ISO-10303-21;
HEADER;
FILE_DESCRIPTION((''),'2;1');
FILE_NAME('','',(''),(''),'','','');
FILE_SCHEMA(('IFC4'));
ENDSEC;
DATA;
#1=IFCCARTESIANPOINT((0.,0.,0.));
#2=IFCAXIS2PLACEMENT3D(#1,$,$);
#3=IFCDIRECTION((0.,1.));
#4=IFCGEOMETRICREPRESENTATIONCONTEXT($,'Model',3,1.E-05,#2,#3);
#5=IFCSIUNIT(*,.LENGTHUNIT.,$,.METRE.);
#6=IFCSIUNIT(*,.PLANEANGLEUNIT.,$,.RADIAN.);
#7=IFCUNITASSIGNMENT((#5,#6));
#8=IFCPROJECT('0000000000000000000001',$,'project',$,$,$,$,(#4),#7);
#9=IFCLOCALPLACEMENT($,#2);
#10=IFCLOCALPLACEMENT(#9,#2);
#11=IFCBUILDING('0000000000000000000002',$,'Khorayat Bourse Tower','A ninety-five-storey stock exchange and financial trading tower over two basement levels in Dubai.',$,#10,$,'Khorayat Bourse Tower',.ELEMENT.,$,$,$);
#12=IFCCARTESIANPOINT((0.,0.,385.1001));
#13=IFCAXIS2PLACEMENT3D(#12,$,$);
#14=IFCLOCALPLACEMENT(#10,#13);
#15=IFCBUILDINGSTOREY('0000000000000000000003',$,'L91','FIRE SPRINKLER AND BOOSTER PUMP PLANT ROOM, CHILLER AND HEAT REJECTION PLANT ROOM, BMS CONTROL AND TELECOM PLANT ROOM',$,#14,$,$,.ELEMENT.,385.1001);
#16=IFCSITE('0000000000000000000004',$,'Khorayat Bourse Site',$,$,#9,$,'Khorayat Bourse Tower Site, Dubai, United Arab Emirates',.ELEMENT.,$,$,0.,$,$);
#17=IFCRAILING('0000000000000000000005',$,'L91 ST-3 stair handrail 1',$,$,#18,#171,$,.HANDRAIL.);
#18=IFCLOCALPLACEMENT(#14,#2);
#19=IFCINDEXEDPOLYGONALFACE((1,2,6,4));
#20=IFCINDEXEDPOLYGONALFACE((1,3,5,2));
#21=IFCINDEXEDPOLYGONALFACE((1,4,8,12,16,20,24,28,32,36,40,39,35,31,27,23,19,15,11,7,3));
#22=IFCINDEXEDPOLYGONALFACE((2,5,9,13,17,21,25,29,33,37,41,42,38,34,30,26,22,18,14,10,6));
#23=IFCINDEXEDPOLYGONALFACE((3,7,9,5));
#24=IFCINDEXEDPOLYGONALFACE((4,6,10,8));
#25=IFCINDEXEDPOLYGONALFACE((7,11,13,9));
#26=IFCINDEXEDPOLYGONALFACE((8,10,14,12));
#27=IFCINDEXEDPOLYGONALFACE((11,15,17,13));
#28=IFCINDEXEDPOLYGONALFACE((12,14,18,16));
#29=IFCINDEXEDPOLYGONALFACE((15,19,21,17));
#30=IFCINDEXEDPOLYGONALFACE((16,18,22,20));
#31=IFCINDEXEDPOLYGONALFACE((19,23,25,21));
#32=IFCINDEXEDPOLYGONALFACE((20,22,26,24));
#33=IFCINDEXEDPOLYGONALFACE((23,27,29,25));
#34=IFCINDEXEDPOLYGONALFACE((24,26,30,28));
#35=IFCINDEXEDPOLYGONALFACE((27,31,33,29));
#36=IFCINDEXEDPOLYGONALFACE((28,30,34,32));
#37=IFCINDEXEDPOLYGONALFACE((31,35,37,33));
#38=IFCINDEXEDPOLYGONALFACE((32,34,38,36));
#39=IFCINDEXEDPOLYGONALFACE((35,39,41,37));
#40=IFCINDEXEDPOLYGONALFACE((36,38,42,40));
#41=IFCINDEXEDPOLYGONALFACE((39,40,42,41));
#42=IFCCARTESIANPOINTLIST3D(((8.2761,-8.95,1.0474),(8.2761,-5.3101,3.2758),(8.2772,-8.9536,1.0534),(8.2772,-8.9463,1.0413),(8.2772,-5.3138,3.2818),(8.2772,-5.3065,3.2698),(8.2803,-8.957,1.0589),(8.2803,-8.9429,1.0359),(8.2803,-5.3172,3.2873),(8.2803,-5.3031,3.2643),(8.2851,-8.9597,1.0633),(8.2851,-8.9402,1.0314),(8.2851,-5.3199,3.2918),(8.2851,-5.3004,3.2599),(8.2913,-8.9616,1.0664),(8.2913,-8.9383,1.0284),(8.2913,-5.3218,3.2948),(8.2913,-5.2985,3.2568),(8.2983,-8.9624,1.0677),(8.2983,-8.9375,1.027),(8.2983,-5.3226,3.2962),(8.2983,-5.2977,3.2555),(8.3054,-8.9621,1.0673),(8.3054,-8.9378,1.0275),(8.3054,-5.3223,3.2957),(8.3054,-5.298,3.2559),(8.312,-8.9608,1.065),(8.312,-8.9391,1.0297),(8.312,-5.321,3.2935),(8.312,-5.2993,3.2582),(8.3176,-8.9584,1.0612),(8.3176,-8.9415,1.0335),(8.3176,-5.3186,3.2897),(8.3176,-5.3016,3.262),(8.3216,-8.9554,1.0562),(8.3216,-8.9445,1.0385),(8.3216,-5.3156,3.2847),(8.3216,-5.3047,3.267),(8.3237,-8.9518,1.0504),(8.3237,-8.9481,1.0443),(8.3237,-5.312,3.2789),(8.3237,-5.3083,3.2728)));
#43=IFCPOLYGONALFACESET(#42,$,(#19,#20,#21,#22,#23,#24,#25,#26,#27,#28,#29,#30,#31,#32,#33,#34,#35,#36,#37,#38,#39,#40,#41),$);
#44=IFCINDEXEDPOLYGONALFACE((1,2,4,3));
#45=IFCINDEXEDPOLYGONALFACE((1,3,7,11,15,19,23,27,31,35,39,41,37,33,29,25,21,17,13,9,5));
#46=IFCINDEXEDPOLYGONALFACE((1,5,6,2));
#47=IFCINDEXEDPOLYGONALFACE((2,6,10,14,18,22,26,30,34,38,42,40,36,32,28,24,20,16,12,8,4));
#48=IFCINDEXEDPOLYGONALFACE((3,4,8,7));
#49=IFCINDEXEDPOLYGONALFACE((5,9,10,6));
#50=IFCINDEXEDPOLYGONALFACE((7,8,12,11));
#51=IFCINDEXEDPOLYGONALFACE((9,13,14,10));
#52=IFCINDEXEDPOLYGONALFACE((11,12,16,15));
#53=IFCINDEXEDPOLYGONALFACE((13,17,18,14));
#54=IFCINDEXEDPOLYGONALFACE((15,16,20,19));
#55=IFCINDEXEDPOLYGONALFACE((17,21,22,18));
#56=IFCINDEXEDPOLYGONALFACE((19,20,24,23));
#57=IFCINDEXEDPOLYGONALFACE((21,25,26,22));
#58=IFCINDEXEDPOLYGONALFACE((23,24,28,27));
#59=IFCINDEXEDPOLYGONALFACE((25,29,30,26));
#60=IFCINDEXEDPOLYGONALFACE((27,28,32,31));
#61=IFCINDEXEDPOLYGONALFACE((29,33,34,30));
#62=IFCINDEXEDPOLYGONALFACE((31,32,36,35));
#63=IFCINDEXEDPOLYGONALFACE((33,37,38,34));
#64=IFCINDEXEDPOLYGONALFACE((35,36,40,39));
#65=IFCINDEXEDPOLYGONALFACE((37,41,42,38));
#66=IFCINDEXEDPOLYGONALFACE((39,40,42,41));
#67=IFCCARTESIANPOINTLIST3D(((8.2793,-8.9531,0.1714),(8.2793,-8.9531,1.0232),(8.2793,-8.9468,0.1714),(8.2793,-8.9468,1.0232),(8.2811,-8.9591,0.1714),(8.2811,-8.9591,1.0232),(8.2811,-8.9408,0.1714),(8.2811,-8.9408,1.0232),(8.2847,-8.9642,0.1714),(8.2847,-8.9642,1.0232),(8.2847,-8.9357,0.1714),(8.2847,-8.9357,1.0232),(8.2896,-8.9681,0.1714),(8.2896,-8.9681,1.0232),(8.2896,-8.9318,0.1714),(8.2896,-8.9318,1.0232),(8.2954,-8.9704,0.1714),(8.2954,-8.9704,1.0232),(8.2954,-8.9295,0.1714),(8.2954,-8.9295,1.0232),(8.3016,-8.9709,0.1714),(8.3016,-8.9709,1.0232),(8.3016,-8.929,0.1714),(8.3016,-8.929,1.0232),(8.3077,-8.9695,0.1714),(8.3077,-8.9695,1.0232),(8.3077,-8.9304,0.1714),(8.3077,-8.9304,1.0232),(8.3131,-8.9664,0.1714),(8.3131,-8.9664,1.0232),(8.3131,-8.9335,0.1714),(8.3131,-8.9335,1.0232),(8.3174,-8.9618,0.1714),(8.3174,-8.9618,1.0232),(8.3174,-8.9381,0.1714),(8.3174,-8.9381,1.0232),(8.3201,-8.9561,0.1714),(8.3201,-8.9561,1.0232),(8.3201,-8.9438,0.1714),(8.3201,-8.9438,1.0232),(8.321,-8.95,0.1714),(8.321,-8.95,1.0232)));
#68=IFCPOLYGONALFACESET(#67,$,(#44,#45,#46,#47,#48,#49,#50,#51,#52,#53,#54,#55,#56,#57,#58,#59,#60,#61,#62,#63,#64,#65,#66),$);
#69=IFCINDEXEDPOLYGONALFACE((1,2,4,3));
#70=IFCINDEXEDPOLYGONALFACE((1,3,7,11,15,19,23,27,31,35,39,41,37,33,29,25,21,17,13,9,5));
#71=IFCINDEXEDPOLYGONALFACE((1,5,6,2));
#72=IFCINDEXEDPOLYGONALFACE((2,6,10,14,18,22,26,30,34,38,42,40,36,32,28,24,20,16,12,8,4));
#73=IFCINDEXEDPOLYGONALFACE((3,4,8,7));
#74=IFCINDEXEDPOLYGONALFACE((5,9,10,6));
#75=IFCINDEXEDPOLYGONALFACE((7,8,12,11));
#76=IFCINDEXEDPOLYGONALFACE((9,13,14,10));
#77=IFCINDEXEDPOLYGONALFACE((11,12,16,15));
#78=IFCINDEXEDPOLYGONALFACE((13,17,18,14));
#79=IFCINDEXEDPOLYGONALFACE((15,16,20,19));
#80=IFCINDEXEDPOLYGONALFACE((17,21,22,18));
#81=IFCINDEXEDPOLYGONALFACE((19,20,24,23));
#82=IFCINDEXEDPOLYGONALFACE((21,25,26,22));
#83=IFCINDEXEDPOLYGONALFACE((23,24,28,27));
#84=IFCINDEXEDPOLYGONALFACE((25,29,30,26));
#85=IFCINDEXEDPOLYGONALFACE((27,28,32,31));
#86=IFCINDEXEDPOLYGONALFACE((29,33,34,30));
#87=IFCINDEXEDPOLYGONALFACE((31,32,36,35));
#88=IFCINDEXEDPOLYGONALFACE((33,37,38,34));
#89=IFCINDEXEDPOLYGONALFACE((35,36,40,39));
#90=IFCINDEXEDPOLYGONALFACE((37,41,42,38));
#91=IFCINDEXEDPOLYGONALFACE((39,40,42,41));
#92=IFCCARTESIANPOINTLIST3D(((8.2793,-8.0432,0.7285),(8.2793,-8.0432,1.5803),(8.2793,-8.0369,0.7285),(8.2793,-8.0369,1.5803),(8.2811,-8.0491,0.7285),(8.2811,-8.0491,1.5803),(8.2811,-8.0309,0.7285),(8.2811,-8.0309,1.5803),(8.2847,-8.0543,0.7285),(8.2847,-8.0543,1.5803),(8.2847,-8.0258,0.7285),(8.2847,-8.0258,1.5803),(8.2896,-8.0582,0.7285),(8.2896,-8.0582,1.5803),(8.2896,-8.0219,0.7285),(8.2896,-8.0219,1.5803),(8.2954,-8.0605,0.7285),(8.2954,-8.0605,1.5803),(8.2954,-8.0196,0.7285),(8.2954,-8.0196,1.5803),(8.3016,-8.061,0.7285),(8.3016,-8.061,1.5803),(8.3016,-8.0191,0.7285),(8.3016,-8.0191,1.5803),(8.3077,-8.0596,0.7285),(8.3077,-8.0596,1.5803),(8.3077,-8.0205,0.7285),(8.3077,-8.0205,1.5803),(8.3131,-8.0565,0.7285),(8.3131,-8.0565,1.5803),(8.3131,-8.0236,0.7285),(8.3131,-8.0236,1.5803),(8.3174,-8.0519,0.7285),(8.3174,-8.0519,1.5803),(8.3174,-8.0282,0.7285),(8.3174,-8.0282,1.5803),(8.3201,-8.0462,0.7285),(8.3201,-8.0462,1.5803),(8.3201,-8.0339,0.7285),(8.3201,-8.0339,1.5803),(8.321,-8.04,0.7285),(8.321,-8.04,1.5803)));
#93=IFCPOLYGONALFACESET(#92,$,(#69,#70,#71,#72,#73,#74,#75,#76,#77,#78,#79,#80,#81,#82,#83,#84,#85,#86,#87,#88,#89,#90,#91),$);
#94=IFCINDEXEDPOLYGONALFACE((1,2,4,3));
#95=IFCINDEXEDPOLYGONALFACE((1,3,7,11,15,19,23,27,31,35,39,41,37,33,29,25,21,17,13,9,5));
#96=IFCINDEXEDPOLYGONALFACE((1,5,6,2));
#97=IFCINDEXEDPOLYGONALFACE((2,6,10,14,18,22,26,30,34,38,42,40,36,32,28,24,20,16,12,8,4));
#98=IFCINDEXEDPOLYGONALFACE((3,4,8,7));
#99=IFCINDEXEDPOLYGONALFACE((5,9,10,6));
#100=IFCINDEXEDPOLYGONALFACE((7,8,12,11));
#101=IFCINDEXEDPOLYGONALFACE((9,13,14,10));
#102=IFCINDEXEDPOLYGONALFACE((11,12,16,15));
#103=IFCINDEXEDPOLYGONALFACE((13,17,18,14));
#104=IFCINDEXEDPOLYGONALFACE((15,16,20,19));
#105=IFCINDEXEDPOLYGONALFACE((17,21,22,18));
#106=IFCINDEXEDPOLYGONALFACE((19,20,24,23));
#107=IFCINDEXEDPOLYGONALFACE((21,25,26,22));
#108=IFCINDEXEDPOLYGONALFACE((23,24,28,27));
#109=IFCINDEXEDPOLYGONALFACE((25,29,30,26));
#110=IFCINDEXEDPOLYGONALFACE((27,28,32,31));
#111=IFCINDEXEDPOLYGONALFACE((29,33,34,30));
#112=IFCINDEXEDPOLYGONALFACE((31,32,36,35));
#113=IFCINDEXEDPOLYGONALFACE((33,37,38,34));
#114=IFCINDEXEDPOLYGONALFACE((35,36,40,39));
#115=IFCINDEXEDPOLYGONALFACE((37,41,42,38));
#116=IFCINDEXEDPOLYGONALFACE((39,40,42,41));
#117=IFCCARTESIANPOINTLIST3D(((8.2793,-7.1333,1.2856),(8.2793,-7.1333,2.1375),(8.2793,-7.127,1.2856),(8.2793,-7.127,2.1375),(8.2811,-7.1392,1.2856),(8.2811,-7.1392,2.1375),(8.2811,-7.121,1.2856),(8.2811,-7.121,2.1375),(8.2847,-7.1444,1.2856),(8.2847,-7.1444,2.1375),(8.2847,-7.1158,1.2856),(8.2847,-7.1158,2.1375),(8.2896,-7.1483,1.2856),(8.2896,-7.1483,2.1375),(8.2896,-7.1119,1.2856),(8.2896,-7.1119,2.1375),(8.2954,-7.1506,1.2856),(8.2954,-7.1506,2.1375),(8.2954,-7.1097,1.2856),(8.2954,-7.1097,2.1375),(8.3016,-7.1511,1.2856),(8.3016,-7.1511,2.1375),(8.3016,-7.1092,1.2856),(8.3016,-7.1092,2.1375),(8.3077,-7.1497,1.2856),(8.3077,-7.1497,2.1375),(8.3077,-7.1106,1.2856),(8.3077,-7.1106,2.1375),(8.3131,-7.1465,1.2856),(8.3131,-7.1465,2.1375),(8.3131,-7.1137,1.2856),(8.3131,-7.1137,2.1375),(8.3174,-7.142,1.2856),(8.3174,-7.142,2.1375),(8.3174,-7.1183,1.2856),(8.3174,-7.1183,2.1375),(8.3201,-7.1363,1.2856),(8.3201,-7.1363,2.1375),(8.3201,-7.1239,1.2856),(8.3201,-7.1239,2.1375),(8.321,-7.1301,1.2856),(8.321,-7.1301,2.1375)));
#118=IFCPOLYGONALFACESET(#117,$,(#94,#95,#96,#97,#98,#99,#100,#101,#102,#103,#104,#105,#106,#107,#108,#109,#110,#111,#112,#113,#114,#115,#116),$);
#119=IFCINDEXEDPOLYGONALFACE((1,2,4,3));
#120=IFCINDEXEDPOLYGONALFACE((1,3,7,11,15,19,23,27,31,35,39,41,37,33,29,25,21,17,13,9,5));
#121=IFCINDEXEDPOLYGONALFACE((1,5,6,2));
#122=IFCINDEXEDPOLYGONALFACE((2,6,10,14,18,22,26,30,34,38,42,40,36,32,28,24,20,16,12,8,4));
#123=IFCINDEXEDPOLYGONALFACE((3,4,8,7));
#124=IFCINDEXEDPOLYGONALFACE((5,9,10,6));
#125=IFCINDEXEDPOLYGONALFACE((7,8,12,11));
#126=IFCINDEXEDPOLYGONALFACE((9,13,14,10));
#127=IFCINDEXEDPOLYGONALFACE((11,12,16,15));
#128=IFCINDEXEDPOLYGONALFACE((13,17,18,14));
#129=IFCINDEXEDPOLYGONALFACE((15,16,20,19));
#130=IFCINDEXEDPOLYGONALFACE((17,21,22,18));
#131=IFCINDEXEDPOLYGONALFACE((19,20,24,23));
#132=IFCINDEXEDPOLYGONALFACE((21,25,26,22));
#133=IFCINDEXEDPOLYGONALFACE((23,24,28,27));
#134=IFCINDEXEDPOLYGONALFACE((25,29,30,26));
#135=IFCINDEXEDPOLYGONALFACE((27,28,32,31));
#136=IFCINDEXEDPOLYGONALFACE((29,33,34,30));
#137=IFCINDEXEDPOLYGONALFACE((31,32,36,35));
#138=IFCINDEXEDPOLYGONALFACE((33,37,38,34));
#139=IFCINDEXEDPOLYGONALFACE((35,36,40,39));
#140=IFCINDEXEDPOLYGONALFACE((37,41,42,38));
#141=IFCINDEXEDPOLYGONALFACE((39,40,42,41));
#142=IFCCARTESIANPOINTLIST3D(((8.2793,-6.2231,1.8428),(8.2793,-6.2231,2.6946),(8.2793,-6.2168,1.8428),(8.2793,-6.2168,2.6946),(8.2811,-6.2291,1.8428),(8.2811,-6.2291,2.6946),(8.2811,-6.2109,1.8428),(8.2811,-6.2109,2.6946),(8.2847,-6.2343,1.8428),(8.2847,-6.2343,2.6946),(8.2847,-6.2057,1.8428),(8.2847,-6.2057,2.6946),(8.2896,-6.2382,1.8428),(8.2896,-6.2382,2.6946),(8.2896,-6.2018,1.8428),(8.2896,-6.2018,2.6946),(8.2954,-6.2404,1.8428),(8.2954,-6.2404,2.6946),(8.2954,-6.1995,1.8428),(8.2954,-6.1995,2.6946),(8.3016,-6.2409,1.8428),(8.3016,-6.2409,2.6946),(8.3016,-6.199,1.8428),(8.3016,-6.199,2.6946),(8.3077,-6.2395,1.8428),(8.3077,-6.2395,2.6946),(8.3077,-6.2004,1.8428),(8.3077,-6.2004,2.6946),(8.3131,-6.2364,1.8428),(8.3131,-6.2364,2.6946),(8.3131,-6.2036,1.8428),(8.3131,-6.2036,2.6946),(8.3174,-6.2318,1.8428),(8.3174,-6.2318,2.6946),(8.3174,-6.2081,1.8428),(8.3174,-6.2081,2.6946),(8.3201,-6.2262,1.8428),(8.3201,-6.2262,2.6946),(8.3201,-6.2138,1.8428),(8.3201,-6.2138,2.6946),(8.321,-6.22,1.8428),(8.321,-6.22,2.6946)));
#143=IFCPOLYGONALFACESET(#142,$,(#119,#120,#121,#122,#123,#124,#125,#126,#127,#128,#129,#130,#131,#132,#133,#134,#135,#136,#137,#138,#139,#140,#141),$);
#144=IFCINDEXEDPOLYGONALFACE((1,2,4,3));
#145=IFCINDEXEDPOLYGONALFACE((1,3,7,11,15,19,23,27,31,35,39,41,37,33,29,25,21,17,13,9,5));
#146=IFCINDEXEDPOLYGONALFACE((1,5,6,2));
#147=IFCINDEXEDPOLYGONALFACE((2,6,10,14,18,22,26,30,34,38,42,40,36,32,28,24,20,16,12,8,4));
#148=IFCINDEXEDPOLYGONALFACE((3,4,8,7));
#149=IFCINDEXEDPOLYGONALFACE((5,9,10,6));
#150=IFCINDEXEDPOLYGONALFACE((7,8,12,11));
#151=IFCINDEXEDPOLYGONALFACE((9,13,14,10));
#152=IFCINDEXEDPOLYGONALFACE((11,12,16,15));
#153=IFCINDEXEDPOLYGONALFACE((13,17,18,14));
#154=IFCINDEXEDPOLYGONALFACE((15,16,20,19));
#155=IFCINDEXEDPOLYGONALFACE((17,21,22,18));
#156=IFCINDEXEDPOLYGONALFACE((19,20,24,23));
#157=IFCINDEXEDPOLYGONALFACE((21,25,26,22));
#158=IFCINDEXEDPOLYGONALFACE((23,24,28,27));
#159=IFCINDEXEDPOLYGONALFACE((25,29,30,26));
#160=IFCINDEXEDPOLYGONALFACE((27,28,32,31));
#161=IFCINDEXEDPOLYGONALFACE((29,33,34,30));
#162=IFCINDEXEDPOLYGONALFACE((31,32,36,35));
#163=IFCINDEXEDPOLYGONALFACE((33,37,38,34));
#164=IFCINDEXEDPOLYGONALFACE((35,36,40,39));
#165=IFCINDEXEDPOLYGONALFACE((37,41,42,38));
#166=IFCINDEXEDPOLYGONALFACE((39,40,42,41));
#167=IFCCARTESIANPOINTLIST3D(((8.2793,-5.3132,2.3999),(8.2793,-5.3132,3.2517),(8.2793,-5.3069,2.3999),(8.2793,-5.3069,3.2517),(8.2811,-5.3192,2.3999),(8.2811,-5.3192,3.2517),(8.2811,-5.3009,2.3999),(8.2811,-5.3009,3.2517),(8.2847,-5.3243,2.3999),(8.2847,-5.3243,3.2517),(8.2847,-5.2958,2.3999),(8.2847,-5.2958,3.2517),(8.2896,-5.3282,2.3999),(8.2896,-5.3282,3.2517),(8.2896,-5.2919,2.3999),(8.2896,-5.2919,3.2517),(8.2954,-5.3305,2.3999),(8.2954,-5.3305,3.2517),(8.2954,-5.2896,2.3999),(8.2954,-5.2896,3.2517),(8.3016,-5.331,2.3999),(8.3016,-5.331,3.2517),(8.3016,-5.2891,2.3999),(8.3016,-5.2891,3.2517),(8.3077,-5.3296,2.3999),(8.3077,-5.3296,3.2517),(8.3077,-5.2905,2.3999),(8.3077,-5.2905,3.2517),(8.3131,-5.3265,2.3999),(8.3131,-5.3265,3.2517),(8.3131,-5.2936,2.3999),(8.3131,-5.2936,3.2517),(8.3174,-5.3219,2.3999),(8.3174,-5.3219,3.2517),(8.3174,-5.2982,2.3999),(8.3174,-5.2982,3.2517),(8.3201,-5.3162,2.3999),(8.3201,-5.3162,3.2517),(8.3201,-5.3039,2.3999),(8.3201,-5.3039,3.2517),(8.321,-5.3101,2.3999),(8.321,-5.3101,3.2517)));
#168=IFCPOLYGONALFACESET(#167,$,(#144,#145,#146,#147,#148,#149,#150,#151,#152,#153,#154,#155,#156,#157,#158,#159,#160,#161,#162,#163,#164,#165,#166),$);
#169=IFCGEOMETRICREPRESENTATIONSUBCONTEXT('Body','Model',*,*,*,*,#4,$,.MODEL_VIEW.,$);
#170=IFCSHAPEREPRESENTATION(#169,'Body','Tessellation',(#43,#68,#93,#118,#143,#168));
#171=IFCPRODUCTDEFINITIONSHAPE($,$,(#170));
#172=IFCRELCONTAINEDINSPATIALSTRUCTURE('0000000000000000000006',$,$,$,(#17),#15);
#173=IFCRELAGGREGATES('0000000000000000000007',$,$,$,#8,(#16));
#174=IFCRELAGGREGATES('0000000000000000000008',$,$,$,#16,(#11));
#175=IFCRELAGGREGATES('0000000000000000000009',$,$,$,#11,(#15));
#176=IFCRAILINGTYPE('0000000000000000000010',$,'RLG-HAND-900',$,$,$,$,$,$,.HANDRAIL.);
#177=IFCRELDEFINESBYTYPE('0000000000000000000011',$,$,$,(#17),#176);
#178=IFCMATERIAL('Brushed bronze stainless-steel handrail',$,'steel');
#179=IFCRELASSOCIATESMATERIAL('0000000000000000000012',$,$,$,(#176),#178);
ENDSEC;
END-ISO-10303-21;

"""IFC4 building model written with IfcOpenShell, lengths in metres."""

from ifc_helpers import new_model, si_unit, direction, frame, origin, origin_2d, place, context, subcontext, project, spatial, circle, extrude, source, transform, mapped, material, type_object, element, save


model = new_model("IFC4")

# Units and contexts
model_context = context("Model", 3, precision=1e-05, world=origin(), true_north=direction((0.0, 1.0)))
body_context = subcontext(model_context, "Body", "Model", "MODEL_VIEW")
ifc_project = project(units=[si_unit("LENGTHUNIT", "METRE"), si_unit("PLANEANGLEUNIT", "RADIAN")], contexts=[model_context])

# Site, building, storey
site_placement = place(None, origin())
site = spatial("IfcSite", under=ifc_project, at=site_placement, Name="Khorayat Bourse Site", LongName="Khorayat Bourse Tower Site, Dubai, United Arab Emirates", CompositionType="ELEMENT", RefElevation=0.0)
building_placement = place(site_placement, origin())
building = spatial("IfcBuilding", under=site, at=building_placement, Name="Khorayat Bourse Tower", Description="A ninety-five-storey stock exchange and financial trading tower over two basement levels in Dubai.", LongName="Khorayat Bourse Tower", CompositionType="ELEMENT")
storey_placement = place(building_placement, frame((0.0, 0.0, 385.1001)))
storey = spatial("IfcBuildingStorey", under=building, at=storey_placement, Name="L91", Description="FIRE SPRINKLER AND BOOSTER PUMP PLANT ROOM, CHILLER AND HEAT REJECTION PLANT ROOM, BMS CONTROL AND TELECOM PLANT ROOM", CompositionType="ELEMENT", Elevation=385.1001)

# Railing
ifc_material_1 = material(Name="Brushed bronze stainless-steel handrail", Category="steel")
railing_type_1 = type_object("IfcRailingType", Name="RLG-HAND-900", PredefinedType="HANDRAIL", material=ifc_material_1)
shared_shape_1 = source(origin(), body_context, "Body", "SweptSolid", [
    extrude(circle(Radius=0.0239, at=origin_2d()), frame((0.0, 0.0, 0.876), z_axis=(0.0, 0.85285, 0.522156), x_axis=(-1.0, 0.0, 0.0)), (0.0, 0.0, 1.0), 4.2678),
    extrude(circle(Radius=0.021, at=origin_2d()), origin(), (0.0, 0.0, 1.0), 0.8518),
    extrude(circle(Radius=0.021, at=origin_2d()), frame((0.0, 0.9099, 0.5571)), (0.0, 0.0, 1.0), 0.8518),
    extrude(circle(Radius=0.021, at=origin_2d()), frame((0.0, 1.8198, 1.1143)), (0.0, 0.0, 1.0), 0.8518),
    extrude(circle(Radius=0.021, at=origin_2d()), frame((0.0, 2.73, 1.6714)), (0.0, 0.0, 1.0), 0.8518),
    extrude(circle(Radius=0.021, at=origin_2d()), frame((0.0, 3.6399, 2.2285)), (0.0, 0.0, 1.0), 0.8518),
])
railing_1_placement = place(storey_placement, frame((8.3, -8.95, 0.1714)))
element("IfcRailing", 1, at=railing_1_placement, inside=storey, type_object=railing_type_1, Name="L91 ST-3 stair handrail 1", PredefinedType="HANDRAIL", context=body_context, shape_type="MappedRepresentation", body=[
    mapped(shared_shape_1, transform((0.0, 0.0, 0.0), scale=1.0)),
])

save(model, "model.ifc")
